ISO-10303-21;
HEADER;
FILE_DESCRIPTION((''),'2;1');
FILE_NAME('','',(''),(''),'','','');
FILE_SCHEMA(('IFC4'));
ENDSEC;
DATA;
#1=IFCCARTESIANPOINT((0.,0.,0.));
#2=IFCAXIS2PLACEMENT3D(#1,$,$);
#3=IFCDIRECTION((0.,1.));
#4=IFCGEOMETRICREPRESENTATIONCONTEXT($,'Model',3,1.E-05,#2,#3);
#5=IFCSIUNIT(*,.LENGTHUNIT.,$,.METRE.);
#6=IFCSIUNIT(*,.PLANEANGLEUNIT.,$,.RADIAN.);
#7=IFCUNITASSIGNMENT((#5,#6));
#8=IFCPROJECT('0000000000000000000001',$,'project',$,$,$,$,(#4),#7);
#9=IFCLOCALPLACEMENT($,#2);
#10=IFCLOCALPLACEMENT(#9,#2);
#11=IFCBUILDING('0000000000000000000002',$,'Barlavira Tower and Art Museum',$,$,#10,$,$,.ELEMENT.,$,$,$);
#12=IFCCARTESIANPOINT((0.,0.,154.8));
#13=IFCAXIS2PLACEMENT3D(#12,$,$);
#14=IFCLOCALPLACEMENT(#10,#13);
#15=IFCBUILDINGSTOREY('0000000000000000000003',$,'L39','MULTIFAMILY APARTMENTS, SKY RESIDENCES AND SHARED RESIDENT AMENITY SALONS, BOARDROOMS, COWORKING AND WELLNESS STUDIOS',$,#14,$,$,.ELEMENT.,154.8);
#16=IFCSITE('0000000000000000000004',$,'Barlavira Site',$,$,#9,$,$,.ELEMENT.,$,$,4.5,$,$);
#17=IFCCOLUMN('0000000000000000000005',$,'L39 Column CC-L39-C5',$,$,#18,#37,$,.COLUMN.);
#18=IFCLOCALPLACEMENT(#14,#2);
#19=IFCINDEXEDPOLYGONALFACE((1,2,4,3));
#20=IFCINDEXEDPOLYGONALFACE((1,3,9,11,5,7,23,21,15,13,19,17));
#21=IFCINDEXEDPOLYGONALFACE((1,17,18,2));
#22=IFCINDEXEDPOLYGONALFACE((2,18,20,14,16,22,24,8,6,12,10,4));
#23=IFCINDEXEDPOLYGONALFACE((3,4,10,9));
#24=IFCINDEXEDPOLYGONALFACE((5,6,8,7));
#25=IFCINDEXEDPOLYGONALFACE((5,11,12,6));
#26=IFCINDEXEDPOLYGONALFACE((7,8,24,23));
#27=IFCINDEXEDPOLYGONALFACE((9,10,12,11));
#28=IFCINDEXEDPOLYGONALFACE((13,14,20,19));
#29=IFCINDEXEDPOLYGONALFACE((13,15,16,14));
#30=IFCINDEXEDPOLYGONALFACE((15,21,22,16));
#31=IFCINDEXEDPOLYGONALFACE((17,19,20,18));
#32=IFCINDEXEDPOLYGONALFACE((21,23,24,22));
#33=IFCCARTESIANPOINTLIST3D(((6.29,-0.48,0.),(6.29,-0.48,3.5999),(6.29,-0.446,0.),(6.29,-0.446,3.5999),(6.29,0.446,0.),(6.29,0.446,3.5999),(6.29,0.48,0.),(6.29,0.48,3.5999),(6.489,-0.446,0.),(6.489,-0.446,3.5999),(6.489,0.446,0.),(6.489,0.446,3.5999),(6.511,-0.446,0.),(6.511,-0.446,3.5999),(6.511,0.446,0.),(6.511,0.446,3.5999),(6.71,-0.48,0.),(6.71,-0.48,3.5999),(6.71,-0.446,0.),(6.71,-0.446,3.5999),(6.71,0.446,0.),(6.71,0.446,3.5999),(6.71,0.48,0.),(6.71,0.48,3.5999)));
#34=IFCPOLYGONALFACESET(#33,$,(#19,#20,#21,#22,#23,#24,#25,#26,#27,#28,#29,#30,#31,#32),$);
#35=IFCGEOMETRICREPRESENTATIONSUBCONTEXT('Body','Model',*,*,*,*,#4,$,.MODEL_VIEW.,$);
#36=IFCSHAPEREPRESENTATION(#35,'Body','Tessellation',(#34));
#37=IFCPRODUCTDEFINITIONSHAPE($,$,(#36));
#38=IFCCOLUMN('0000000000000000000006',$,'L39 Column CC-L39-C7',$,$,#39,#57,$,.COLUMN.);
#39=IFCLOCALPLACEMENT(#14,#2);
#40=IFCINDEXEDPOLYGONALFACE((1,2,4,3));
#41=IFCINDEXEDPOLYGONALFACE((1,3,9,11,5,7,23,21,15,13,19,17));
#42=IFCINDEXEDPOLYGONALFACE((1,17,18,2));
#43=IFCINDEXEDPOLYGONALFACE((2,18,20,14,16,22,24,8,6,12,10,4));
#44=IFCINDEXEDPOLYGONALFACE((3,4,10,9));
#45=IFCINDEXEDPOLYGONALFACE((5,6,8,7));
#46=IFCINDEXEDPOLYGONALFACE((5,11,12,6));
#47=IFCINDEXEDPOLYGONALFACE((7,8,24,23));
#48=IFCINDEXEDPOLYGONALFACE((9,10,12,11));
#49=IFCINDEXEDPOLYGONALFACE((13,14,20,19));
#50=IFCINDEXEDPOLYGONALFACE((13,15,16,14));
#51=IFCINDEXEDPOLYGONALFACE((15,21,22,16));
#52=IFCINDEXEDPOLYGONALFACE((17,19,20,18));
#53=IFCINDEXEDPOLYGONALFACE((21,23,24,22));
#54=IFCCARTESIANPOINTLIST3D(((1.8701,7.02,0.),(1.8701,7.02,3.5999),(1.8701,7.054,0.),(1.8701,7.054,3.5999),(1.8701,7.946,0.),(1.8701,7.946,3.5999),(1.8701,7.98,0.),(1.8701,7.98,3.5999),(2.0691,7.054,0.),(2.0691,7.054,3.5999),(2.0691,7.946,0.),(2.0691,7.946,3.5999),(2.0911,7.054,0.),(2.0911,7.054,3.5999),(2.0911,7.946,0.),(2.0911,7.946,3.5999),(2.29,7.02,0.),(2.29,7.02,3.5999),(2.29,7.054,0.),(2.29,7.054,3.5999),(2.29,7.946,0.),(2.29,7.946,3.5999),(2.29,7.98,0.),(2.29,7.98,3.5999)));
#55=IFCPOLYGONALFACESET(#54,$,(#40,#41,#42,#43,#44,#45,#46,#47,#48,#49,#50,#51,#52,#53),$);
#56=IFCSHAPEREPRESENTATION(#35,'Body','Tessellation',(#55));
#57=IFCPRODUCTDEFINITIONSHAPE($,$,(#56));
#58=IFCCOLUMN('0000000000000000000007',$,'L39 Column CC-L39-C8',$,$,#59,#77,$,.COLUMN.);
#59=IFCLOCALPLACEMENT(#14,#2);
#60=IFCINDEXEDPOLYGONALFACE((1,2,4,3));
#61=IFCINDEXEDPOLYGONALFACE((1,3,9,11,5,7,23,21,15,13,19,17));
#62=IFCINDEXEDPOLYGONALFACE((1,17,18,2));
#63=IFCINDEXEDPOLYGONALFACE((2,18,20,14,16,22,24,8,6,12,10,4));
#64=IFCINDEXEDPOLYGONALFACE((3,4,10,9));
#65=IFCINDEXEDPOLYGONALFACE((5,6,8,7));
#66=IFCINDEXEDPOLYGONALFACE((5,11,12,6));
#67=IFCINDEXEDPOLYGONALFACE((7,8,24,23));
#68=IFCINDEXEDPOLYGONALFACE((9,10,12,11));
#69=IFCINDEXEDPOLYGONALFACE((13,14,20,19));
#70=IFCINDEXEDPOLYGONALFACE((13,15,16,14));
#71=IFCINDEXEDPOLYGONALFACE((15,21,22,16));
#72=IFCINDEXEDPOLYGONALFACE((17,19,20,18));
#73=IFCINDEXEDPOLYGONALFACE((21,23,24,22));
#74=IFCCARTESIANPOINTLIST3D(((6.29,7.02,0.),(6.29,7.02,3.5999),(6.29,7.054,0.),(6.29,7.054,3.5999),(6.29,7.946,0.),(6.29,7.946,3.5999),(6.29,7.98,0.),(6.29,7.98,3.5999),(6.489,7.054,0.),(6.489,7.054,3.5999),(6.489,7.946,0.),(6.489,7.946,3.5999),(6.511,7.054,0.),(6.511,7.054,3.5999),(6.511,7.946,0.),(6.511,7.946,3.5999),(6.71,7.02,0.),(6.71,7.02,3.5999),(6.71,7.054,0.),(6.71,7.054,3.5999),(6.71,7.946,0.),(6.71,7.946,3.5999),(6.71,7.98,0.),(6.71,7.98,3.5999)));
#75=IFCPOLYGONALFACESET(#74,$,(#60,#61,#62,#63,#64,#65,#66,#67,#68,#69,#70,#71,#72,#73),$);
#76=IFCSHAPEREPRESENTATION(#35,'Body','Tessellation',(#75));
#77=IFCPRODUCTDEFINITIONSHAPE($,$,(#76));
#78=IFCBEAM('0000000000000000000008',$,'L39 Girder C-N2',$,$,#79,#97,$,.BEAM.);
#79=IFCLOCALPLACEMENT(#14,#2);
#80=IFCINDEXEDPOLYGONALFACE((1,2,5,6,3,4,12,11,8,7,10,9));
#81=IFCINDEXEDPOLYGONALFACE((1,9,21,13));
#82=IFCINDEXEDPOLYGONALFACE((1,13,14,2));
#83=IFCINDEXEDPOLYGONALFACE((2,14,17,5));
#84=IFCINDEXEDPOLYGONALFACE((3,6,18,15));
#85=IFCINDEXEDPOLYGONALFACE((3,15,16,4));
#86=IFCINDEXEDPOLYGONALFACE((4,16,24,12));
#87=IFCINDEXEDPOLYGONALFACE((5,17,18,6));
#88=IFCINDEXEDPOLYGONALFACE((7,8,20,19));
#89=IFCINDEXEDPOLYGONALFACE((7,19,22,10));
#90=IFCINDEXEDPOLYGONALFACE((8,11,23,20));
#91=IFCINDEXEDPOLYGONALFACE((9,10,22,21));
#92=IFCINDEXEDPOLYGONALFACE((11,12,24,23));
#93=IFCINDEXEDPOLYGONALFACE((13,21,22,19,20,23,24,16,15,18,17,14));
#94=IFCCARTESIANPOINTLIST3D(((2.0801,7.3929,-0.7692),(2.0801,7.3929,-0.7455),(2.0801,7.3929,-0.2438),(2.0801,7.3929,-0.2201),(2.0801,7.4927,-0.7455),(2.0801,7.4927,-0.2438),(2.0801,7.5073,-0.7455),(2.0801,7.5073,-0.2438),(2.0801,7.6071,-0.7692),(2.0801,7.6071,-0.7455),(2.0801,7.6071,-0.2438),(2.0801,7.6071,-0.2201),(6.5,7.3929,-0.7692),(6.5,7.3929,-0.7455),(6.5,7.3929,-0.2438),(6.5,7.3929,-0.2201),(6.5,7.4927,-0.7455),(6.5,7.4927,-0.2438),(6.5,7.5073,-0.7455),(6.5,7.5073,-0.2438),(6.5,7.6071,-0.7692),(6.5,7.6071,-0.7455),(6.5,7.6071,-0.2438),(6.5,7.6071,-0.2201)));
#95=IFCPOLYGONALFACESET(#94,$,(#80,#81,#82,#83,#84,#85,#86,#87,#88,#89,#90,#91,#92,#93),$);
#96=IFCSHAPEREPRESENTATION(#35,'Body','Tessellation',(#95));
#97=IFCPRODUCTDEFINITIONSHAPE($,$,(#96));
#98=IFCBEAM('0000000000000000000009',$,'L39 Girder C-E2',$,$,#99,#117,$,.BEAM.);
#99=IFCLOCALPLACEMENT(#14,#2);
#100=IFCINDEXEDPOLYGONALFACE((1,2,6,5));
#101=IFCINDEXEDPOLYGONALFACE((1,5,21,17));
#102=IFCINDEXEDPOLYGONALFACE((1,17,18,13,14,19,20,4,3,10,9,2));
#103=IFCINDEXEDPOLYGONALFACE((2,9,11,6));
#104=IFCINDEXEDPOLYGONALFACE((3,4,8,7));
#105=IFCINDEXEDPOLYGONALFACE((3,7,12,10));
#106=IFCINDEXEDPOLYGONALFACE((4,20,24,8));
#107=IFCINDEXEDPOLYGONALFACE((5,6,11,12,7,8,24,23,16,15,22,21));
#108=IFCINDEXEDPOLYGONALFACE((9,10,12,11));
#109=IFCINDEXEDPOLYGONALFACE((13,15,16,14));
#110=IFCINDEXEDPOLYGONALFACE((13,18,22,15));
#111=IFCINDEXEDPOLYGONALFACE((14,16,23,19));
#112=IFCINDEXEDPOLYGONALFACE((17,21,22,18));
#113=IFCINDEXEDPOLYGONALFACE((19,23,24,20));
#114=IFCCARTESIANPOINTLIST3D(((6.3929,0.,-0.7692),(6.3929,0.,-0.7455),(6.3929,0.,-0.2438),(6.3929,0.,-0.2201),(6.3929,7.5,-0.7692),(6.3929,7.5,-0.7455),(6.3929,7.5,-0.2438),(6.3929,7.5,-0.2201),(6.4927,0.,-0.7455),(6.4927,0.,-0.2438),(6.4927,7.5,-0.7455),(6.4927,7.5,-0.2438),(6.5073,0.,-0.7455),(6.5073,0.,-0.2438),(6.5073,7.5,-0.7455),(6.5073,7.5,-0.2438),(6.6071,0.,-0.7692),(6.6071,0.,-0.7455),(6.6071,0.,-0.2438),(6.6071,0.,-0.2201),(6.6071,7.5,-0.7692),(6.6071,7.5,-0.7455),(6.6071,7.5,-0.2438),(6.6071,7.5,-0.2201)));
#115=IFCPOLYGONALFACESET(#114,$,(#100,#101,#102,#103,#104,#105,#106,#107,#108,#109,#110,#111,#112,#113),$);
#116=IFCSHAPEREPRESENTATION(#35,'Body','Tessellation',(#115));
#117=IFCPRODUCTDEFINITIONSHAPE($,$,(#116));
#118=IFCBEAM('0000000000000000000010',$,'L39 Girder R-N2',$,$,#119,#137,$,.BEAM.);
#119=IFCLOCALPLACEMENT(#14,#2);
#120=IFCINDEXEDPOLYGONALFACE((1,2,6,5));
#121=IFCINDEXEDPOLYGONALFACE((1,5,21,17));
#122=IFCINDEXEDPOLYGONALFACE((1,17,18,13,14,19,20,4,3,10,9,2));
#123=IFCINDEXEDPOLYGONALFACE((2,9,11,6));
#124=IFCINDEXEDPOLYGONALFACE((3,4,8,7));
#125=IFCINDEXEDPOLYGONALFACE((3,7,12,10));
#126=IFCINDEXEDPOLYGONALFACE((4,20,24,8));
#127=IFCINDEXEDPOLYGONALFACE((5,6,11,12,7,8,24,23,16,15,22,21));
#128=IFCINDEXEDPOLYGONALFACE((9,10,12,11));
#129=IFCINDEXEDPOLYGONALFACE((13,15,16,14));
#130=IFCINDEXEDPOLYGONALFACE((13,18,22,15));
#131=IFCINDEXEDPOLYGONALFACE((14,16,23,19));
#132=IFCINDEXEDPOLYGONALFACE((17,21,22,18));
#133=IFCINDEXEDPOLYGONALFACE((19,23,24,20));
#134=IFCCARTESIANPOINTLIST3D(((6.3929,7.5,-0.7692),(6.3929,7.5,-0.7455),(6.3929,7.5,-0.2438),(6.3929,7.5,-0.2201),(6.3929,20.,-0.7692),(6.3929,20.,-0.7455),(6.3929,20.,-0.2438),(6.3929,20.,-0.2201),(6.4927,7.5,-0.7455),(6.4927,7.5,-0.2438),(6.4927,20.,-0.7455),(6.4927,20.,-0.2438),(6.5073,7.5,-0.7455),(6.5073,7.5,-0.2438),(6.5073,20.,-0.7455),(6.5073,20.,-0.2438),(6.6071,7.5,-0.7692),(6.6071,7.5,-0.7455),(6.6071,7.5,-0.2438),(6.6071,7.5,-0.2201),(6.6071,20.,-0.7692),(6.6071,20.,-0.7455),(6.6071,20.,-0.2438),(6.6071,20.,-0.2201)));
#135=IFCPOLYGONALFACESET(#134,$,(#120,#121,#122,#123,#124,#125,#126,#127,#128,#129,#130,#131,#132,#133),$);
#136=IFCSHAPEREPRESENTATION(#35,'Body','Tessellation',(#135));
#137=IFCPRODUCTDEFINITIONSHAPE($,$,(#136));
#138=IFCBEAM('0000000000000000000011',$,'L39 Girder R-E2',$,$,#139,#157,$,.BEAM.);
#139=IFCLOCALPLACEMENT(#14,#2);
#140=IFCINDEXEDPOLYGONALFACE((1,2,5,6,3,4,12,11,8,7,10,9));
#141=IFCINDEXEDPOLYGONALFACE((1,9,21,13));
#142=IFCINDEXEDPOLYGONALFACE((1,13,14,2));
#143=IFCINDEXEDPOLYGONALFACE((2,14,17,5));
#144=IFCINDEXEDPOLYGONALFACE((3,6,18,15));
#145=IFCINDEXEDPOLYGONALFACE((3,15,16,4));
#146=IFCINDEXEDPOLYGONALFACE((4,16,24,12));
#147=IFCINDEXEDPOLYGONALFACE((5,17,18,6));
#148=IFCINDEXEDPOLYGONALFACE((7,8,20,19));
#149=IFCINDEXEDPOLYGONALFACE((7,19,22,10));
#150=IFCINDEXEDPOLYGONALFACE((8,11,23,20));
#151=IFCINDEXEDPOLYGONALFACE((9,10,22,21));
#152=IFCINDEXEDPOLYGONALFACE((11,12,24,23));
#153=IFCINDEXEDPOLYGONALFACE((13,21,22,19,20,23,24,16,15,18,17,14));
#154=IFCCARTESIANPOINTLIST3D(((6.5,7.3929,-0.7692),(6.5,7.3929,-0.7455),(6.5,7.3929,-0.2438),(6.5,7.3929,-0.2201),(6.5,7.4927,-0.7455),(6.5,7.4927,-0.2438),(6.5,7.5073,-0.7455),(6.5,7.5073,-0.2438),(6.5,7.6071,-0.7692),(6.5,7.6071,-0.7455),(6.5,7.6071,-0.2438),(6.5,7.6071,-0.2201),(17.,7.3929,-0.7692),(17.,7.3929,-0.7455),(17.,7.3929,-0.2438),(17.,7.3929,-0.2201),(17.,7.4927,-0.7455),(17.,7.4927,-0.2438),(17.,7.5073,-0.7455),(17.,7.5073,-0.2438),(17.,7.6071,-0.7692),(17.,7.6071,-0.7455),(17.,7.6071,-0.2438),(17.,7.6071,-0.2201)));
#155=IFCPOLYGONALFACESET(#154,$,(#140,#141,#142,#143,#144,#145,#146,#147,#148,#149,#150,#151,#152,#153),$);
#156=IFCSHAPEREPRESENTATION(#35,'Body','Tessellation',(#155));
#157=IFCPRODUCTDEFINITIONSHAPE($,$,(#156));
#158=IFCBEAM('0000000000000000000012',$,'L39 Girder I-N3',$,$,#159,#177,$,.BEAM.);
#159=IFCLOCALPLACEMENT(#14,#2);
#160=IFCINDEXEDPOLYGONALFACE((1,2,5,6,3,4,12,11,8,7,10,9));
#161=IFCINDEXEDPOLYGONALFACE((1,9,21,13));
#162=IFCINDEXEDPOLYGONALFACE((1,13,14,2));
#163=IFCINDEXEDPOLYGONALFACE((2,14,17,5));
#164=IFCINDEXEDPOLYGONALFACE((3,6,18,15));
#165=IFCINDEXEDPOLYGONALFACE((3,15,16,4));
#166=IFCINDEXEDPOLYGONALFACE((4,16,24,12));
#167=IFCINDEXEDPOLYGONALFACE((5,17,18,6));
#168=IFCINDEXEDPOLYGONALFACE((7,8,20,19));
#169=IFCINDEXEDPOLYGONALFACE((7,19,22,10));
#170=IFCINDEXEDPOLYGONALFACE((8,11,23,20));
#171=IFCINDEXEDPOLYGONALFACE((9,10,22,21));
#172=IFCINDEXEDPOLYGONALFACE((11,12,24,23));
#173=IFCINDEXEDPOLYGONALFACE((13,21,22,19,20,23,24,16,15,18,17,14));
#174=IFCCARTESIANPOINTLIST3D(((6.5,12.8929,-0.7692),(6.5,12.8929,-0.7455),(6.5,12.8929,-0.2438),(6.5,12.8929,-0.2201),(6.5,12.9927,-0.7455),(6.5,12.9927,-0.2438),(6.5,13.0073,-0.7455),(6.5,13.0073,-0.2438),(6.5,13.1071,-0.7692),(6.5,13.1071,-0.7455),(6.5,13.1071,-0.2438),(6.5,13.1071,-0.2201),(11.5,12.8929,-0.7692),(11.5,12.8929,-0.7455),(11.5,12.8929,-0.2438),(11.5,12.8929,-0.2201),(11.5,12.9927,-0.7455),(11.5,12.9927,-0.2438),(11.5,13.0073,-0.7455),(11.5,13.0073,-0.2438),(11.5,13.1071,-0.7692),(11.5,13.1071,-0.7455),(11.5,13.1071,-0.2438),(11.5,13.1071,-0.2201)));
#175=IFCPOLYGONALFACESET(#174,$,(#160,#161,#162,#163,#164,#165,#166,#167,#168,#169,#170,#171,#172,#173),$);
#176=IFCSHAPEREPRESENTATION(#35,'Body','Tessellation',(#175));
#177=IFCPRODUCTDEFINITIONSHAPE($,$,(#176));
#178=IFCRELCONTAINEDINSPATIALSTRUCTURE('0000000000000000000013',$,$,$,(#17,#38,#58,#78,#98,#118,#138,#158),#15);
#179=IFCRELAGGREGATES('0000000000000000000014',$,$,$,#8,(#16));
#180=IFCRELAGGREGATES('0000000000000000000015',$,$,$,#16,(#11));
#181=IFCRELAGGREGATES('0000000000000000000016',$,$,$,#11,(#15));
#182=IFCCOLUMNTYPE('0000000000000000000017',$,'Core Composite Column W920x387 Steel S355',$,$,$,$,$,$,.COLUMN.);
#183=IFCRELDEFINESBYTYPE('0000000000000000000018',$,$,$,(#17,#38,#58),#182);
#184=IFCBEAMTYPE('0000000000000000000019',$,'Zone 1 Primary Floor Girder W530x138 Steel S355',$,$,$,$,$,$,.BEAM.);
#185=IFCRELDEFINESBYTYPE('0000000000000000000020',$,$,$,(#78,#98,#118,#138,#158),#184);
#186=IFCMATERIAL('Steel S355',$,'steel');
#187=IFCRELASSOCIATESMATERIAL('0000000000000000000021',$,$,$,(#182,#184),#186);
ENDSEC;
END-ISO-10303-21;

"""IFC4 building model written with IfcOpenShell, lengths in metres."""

from ifc_helpers import new_model, si_unit, direction, frame, origin, origin_2d, place, context, subcontext, project, spatial, i_section, extrude, material, material_profile, profile_set, type_object, element, save


model = new_model("IFC4")

# Units and contexts
model_context = context("Model", 3, precision=1e-05, world=origin(), true_north=direction((0.0, 1.0)))
body_context = subcontext(model_context, "Body", "Model", "MODEL_VIEW")
ifc_project = project(units=[si_unit("LENGTHUNIT", "METRE"), si_unit("PLANEANGLEUNIT", "RADIAN")], contexts=[model_context])

# Site, building, storey
site_placement = place(None, origin())
site = spatial("IfcSite", under=ifc_project, at=site_placement, Name="Barlavira Site", CompositionType="ELEMENT", RefElevation=4.5)
building_placement = place(site_placement, origin())
building = spatial("IfcBuilding", under=site, at=building_placement, Name="Barlavira Tower and Art Museum", CompositionType="ELEMENT")
storey_placement = place(building_placement, frame((0.0, 0.0, 154.8)))
storey = spatial("IfcBuildingStorey", under=building, at=storey_placement, Name="L39", Description="MULTIFAMILY APARTMENTS, SKY RESIDENCES AND SHARED RESIDENT AMENITY SALONS, BOARDROOMS, COWORKING AND WELLNESS STUDIOS", CompositionType="ELEMENT", Elevation=154.8)

# Columns
ifc_material_1 = material(Name="Steel S355", Category="steel")
ifc_material_profile_1 = material_profile(ifc_material_1, i_section(OverallWidth=0.4199, OverallDepth=0.96, WebThickness=0.022, FlangeThickness=0.0339, at=origin_2d()), Name="W920x387.0")
ifc_profile_set_1 = profile_set([ifc_material_profile_1], Name="Steel S355")
column_type = type_object("IfcColumnType", Name="Core Composite Column W920x387 Steel S355", PredefinedType="COLUMN", material=ifc_profile_set_1)
for number, where, z_axis, x_axis, name in (
    (1, (6.5, 0.0, 0.0), (0.0, 0.0, 1.0), (1.0, 0.0, 0.0), "L39 Column CC-L39-C5"),
    (2, (2.0801, 7.5, 0.0), (0.0, 0.0, 1.0), (1.0, 0.0, 0.0), "L39 Column CC-L39-C7"),
    (3, (6.5, 7.5, 0.0), (0.0, 0.0, 1.0), (1.0, 0.0, 0.0), "L39 Column CC-L39-C8"),
):
    element("IfcColumn", number, at=place(storey_placement, frame(where, z_axis=z_axis, x_axis=x_axis)), inside=storey, type_object=column_type, Name=name, PredefinedType="COLUMN", context=body_context, shape_type="SweptSolid", body=[
        extrude(i_section(OverallWidth=0.4199, OverallDepth=0.96, WebThickness=0.022, FlangeThickness=0.0339, at=origin_2d()), origin(), (0.0, 0.0, 1.0), 3.5999),
    ])

# Beams
ifc_material_profile_2 = material_profile(ifc_material_1, i_section(OverallWidth=0.2141, OverallDepth=0.5491, WebThickness=0.0146, FlangeThickness=0.0237, at=origin_2d()), Name="W530x138.0")
ifc_profile_set_2 = profile_set([ifc_material_profile_2], Name="Steel S355")
beam_type = type_object("IfcBeamType", Name="Zone 1 Primary Floor Girder W530x138 Steel S355", PredefinedType="BEAM", material=ifc_profile_set_2)
beam_1_placement = place(storey_placement, frame((2.0801, 7.5, -0.4946), z_axis=(1.0, 0.0, 0.0), x_axis=(0.0, 1.0, 0.0)))
element("IfcBeam", 4, at=beam_1_placement, inside=storey, type_object=beam_type, Name="L39 Girder C-N2", PredefinedType="BEAM", context=body_context, shape_type="SweptSolid", body=[
    extrude(i_section(OverallWidth=0.2141, OverallDepth=0.5491, WebThickness=0.0146, FlangeThickness=0.0237, at=origin_2d()), origin(), (0.0, 0.0, 1.0), 4.4199),
])
beam_2_placement = place(storey_placement, frame((6.5, 0.0, -0.4946), z_axis=(0.0, 1.0, 0.0), x_axis=(-1.0, 0.0, 0.0)))
element("IfcBeam", 5, at=beam_2_placement, inside=storey, type_object=beam_type, Name="L39 Girder C-E2", PredefinedType="BEAM", context=body_context, shape_type="SweptSolid", body=[
    extrude(i_section(OverallWidth=0.2141, OverallDepth=0.5491, WebThickness=0.0146, FlangeThickness=0.0237, at=origin_2d()), origin(), (0.0, 0.0, 1.0), 7.5),
])
beam_3_placement = place(storey_placement, frame((6.5, 7.5, -0.4946), z_axis=(0.0, 1.0, 0.0), x_axis=(-1.0, 0.0, 0.0)))
element("IfcBeam", 6, at=beam_3_placement, inside=storey, type_object=beam_type, Name="L39 Girder R-N2", PredefinedType="BEAM", context=body_context, shape_type="SweptSolid", body=[
    extrude(i_section(OverallWidth=0.2141, OverallDepth=0.5491, WebThickness=0.0146, FlangeThickness=0.0237, at=origin_2d()), origin(), (0.0, 0.0, 1.0), 12.5),
])
beam_4_placement = place(storey_placement, frame((6.5, 7.5, -0.4946), z_axis=(1.0, 0.0, 0.0), x_axis=(0.0, 1.0, 0.0)))
element("IfcBeam", 7, at=beam_4_placement, inside=storey, type_object=beam_type, Name="L39 Girder R-E2", PredefinedType="BEAM", context=body_context, shape_type="SweptSolid", body=[
    extrude(i_section(OverallWidth=0.2141, OverallDepth=0.5491, WebThickness=0.0146, FlangeThickness=0.0237, at=origin_2d()), origin(), (0.0, 0.0, 1.0), 10.5),
])
beam_5_placement = place(storey_placement, frame((6.5, 13.0, -0.4946), z_axis=(1.0, 0.0, 0.0), x_axis=(0.0, 1.0, 0.0)))
element("IfcBeam", 8, at=beam_5_placement, inside=storey, type_object=beam_type, Name="L39 Girder I-N3", PredefinedType="BEAM", context=body_context, shape_type="SweptSolid", body=[
    extrude(i_section(OverallWidth=0.2141, OverallDepth=0.5491, WebThickness=0.0146, FlangeThickness=0.0237, at=origin_2d()), origin(), (0.0, 0.0, 1.0), 5.0),
])

save(model, "model.ifc")
